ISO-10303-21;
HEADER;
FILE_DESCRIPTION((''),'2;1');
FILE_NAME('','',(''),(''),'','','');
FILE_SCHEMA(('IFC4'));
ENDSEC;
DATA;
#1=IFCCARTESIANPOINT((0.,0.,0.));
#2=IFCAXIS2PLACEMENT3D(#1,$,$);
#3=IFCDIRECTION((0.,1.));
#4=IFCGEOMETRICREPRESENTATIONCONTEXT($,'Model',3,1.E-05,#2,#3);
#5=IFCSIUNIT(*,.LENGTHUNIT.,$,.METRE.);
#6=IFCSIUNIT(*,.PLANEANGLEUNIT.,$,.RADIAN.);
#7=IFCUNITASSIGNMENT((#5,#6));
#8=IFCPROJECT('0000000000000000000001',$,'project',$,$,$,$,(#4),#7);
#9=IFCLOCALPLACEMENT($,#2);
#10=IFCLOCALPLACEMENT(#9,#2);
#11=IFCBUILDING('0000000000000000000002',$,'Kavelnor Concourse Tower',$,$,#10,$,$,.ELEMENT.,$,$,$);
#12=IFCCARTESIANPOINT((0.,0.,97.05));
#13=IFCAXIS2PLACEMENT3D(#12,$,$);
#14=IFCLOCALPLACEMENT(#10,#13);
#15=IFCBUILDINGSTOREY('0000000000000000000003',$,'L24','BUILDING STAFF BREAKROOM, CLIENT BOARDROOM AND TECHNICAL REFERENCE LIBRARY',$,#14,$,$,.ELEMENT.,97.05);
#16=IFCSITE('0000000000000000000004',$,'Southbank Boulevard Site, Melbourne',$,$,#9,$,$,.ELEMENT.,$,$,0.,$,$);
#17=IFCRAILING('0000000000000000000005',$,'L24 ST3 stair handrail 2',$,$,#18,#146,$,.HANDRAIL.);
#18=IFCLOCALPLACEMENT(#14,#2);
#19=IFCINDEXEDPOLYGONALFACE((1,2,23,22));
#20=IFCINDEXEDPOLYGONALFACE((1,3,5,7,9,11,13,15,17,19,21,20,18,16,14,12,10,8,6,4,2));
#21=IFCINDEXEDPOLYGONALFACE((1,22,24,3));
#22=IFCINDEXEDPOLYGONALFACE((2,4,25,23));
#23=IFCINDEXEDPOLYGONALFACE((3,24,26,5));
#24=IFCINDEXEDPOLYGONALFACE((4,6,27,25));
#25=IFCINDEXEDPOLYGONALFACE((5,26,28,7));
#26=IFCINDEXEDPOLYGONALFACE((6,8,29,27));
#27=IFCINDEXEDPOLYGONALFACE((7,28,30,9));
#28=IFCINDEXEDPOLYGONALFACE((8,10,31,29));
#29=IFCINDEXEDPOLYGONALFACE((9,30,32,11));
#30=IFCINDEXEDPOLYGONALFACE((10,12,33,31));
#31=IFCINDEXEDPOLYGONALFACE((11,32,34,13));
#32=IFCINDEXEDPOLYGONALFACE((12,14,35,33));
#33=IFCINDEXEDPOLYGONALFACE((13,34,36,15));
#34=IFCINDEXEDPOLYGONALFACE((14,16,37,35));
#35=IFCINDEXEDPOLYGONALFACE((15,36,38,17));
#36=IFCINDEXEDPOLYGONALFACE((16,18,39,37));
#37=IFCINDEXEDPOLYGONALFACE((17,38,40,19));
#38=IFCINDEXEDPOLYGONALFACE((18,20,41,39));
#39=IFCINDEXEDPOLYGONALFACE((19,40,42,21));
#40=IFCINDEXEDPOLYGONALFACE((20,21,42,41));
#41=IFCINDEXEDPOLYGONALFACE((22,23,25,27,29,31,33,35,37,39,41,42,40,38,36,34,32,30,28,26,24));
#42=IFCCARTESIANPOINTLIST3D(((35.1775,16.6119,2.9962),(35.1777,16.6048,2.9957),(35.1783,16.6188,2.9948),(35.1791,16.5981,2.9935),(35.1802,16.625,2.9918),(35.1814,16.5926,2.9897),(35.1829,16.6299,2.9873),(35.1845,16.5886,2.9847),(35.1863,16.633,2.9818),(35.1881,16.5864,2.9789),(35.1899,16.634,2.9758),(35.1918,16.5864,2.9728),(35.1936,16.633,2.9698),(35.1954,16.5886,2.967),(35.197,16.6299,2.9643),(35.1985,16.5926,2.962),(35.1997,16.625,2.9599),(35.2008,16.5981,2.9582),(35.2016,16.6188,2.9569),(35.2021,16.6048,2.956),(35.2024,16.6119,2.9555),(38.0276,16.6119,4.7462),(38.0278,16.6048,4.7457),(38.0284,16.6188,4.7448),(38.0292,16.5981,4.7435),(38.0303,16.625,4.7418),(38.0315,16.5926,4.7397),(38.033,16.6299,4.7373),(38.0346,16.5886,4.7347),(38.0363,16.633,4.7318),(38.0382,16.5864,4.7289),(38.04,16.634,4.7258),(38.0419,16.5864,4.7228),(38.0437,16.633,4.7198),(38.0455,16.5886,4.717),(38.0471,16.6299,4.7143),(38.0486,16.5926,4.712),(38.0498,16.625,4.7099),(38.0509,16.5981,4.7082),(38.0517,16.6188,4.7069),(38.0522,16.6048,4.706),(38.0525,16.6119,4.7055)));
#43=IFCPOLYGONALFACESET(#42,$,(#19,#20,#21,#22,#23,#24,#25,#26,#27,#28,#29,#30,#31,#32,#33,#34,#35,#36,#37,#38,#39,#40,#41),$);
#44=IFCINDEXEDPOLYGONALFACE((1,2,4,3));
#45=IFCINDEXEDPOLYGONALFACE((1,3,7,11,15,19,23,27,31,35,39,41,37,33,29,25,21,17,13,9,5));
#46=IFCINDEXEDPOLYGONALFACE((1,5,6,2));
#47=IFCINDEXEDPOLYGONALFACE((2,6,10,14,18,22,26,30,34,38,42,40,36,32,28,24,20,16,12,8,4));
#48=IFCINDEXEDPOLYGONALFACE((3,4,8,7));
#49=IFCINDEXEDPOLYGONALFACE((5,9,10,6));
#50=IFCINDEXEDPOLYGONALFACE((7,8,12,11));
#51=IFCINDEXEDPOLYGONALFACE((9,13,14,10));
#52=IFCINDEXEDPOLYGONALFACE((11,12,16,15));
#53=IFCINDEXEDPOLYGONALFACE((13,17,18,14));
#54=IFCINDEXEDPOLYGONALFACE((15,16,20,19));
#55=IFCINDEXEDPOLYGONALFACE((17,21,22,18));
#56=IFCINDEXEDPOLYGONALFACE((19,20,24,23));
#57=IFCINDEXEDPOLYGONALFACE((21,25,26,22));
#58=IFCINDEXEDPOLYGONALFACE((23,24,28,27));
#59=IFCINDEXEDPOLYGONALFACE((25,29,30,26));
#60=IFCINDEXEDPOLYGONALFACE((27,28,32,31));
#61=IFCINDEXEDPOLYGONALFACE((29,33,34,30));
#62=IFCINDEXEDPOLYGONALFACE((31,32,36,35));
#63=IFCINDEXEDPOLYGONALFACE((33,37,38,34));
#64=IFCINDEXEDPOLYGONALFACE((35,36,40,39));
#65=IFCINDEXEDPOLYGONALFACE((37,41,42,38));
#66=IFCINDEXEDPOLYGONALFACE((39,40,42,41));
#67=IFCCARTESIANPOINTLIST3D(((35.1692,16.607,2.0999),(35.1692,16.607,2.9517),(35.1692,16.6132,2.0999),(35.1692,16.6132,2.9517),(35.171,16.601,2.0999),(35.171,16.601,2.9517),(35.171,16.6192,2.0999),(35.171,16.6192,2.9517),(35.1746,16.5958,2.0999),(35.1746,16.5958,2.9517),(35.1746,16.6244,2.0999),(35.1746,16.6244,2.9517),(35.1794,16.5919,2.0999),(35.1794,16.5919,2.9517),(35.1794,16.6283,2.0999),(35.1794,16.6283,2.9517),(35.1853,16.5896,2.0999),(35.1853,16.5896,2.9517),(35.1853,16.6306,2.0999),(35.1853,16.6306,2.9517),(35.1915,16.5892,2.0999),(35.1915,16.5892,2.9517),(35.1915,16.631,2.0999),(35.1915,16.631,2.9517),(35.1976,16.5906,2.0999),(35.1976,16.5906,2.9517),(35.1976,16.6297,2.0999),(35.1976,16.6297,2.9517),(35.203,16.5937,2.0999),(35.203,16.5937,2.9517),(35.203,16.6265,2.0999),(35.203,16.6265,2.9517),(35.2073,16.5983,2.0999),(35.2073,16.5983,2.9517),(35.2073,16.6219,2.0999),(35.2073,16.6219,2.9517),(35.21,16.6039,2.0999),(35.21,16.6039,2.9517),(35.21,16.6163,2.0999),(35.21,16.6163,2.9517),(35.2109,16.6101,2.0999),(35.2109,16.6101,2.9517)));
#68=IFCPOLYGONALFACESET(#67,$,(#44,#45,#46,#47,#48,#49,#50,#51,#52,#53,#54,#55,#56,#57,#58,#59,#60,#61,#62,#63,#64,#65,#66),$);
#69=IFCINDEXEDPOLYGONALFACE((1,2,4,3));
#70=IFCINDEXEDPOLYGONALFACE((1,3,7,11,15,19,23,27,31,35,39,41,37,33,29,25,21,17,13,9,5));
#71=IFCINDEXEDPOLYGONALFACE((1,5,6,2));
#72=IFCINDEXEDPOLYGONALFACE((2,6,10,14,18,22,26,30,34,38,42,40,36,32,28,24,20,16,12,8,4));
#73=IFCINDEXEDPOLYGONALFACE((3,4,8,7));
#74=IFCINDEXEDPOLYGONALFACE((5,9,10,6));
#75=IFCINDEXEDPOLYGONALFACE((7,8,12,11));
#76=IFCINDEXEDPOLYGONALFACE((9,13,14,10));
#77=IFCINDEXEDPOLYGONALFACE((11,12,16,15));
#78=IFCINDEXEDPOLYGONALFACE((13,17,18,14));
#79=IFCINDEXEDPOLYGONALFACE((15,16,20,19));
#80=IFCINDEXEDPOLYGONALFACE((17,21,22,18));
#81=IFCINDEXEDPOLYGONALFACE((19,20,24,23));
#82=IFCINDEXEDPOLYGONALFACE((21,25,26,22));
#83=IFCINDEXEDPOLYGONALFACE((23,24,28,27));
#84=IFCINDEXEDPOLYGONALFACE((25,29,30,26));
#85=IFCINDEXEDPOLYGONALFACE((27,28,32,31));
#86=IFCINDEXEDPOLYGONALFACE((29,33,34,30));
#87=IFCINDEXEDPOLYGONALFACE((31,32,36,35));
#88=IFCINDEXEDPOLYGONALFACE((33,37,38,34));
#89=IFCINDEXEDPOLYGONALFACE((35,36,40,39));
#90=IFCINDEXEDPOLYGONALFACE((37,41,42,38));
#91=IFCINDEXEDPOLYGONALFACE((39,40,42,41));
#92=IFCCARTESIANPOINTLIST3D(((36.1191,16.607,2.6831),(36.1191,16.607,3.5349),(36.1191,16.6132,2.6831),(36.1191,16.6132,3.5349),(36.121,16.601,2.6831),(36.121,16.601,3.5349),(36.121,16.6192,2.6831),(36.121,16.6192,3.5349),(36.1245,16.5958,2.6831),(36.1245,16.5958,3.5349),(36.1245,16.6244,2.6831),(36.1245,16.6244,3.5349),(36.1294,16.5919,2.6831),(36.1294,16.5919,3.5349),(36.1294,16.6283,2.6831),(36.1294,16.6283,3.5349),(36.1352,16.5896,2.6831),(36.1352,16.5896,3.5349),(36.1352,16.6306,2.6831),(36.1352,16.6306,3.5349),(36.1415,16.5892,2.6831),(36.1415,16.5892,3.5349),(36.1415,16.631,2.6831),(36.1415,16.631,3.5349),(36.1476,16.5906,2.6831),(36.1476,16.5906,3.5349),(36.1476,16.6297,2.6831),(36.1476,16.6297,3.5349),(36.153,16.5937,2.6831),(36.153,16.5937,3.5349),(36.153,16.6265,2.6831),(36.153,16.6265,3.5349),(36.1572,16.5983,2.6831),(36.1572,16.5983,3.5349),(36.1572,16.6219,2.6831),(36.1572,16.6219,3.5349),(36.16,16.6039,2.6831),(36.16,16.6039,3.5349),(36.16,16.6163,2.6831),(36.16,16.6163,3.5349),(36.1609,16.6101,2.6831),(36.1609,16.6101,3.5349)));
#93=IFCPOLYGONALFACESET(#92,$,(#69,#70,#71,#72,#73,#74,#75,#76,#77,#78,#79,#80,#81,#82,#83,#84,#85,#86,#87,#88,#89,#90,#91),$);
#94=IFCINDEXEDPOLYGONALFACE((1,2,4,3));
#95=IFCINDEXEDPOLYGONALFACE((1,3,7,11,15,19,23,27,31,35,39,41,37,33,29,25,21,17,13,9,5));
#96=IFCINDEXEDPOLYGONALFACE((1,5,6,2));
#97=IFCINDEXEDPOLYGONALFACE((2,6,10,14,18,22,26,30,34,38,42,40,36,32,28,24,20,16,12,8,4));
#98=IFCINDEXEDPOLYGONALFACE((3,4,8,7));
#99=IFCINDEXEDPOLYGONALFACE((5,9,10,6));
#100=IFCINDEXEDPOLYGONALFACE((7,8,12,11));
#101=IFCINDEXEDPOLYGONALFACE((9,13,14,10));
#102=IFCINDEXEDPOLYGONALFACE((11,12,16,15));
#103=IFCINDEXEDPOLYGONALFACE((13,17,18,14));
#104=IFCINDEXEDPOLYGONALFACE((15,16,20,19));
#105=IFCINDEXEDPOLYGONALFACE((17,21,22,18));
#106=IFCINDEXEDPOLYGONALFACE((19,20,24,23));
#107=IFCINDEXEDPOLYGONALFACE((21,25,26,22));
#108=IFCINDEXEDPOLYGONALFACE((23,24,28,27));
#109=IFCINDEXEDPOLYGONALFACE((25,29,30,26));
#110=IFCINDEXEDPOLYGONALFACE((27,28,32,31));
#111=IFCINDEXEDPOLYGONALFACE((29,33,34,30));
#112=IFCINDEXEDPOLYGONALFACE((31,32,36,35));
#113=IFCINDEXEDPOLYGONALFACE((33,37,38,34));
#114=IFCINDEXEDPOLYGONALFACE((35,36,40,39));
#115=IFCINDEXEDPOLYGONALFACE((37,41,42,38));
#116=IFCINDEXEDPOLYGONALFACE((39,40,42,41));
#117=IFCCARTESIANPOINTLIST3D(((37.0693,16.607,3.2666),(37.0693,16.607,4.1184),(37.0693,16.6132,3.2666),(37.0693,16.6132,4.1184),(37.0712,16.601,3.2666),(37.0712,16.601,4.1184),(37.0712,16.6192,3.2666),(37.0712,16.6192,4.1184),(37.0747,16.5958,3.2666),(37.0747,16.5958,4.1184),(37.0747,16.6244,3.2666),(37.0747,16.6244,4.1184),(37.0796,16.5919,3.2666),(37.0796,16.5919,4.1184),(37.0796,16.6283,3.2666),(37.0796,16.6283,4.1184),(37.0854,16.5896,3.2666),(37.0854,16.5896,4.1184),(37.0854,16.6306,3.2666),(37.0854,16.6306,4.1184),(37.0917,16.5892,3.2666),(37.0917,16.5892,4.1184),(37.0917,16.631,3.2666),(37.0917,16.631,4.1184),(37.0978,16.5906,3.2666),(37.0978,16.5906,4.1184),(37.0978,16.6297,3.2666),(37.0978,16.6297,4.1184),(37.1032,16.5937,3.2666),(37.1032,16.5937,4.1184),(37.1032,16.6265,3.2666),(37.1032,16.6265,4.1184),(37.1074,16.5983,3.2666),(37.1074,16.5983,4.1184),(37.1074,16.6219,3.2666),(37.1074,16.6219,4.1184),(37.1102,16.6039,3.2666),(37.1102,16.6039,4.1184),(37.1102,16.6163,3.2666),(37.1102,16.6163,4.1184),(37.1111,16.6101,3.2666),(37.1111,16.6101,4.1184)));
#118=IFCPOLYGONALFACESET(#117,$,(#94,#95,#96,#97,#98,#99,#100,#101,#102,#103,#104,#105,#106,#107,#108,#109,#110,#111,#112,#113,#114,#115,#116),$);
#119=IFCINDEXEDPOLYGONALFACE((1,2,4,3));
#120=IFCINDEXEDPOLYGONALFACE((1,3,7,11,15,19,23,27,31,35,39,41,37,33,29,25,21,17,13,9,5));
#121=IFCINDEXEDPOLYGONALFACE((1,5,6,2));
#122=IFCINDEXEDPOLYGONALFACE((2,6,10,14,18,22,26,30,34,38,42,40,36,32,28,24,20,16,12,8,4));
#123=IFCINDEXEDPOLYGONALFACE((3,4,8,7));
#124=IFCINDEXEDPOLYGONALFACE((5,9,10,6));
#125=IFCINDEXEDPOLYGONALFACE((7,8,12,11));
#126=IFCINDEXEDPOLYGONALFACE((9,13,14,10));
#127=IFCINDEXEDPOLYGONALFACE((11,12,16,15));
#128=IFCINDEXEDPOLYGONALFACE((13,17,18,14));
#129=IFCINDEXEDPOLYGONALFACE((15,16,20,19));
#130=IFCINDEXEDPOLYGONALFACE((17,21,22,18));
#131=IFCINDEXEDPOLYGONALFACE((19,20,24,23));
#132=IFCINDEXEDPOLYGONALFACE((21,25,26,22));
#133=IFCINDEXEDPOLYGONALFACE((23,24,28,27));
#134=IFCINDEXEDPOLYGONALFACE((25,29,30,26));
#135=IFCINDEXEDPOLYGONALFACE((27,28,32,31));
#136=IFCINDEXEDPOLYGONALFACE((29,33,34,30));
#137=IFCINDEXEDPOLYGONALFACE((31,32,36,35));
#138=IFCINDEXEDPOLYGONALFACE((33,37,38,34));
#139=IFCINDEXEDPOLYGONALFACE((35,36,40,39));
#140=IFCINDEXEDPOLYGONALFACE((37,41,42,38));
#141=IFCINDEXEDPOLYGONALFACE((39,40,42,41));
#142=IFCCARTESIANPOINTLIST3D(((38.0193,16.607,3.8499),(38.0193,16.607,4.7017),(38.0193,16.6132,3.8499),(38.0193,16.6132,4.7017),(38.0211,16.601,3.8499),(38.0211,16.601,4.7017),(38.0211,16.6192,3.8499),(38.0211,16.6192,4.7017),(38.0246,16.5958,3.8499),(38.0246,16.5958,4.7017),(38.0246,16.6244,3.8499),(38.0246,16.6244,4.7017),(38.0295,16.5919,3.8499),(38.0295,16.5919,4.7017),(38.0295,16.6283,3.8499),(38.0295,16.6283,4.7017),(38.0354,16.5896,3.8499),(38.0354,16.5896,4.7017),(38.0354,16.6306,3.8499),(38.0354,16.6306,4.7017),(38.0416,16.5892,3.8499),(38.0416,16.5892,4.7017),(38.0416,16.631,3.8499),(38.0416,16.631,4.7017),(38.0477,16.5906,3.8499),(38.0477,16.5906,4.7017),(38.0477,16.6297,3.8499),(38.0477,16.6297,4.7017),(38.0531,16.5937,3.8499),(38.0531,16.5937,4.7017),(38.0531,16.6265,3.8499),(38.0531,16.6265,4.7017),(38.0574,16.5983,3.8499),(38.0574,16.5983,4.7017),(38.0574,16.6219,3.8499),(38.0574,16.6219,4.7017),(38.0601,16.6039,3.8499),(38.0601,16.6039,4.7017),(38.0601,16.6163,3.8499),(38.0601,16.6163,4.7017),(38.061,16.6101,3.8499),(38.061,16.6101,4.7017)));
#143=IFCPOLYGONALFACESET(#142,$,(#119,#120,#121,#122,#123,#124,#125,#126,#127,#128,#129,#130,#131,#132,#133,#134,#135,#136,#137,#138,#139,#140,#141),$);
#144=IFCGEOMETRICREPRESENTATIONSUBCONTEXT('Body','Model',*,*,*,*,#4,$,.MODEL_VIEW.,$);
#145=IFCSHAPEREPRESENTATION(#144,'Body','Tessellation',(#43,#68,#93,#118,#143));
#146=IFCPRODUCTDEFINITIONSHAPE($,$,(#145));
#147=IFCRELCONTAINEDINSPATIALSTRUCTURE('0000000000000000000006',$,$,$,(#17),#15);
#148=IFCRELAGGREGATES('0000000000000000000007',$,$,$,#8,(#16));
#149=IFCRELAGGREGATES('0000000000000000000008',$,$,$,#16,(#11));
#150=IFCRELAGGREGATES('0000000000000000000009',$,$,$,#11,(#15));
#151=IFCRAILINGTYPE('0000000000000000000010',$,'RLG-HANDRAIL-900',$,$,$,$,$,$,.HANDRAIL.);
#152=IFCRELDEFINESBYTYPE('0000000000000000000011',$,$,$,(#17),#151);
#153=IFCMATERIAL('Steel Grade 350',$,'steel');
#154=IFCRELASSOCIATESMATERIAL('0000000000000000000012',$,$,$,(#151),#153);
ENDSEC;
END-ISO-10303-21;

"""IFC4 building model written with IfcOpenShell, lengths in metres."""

from ifc_helpers import new_model, si_unit, direction, frame, origin, origin_2d, place, context, subcontext, project, spatial, circle, extrude, material, type_object, element, save


model = new_model("IFC4")

# Units and contexts
model_context = context("Model", 3, precision=1e-05, world=origin(), true_north=direction((0.0, 1.0)))
body_context = subcontext(model_context, "Body", "Model", "MODEL_VIEW")
ifc_project = project(units=[si_unit("LENGTHUNIT", "METRE"), si_unit("PLANEANGLEUNIT", "RADIAN")], contexts=[model_context])

# Site, building, storey
site_placement = place(None, origin())
site = spatial("IfcSite", under=ifc_project, at=site_placement, Name="Southbank Boulevard Site, Melbourne", CompositionType="ELEMENT", RefElevation=0.0)
building_placement = place(site_placement, origin())
building = spatial("IfcBuilding", under=site, at=building_placement, Name="Kavelnor Concourse Tower", CompositionType="ELEMENT")
storey_placement = place(building_placement, frame((0.0, 0.0, 97.05)))
storey = spatial("IfcBuildingStorey", under=building, at=storey_placement, Name="L24", Description="BUILDING STAFF BREAKROOM, CLIENT BOARDROOM AND TECHNICAL REFERENCE LIBRARY", CompositionType="ELEMENT", Elevation=97.05)

# Shared definitions
ifc_material_1 = material(Name="Steel Grade 350", Category="steel")

# Railing
railing_type_1 = type_object("IfcRailingType", Name="RLG-HANDRAIL-900", PredefinedType="HANDRAIL", material=ifc_material_1)
railing_1_placement = place(storey_placement, frame((35.1899, 16.6101, 2.0999)))
element("IfcRailing", 1, at=railing_1_placement, inside=storey, type_object=railing_type_1, Name="L24 ST3 stair handrail 2", PredefinedType="HANDRAIL", context=body_context, shape_type="SweptSolid", body=[
    extrude(circle(Radius=0.0239, at=origin_2d()), frame((0.0, 0.0, 0.876), z_axis=(0.852179, 0.0, 0.52325), x_axis=(0.0, 1.0, 0.0)), (0.0, 0.0, 1.0), 3.3445),
    extrude(circle(Radius=0.021, at=origin_2d()), origin(), (0.0, 0.0, 1.0), 0.8518),
    extrude(circle(Radius=0.021, at=origin_2d()), frame((0.95, 0.0, 0.5833)), (0.0, 0.0, 1.0), 0.8518),
    extrude(circle(Radius=0.021, at=origin_2d()), frame((1.9001, 0.0, 1.1667)), (0.0, 0.0, 1.0), 0.8518),
    extrude(circle(Radius=0.021, at=origin_2d()), frame((2.8501, 0.0, 1.75)), (0.0, 0.0, 1.0), 0.8518),
])

save(model, "model.ifc")
